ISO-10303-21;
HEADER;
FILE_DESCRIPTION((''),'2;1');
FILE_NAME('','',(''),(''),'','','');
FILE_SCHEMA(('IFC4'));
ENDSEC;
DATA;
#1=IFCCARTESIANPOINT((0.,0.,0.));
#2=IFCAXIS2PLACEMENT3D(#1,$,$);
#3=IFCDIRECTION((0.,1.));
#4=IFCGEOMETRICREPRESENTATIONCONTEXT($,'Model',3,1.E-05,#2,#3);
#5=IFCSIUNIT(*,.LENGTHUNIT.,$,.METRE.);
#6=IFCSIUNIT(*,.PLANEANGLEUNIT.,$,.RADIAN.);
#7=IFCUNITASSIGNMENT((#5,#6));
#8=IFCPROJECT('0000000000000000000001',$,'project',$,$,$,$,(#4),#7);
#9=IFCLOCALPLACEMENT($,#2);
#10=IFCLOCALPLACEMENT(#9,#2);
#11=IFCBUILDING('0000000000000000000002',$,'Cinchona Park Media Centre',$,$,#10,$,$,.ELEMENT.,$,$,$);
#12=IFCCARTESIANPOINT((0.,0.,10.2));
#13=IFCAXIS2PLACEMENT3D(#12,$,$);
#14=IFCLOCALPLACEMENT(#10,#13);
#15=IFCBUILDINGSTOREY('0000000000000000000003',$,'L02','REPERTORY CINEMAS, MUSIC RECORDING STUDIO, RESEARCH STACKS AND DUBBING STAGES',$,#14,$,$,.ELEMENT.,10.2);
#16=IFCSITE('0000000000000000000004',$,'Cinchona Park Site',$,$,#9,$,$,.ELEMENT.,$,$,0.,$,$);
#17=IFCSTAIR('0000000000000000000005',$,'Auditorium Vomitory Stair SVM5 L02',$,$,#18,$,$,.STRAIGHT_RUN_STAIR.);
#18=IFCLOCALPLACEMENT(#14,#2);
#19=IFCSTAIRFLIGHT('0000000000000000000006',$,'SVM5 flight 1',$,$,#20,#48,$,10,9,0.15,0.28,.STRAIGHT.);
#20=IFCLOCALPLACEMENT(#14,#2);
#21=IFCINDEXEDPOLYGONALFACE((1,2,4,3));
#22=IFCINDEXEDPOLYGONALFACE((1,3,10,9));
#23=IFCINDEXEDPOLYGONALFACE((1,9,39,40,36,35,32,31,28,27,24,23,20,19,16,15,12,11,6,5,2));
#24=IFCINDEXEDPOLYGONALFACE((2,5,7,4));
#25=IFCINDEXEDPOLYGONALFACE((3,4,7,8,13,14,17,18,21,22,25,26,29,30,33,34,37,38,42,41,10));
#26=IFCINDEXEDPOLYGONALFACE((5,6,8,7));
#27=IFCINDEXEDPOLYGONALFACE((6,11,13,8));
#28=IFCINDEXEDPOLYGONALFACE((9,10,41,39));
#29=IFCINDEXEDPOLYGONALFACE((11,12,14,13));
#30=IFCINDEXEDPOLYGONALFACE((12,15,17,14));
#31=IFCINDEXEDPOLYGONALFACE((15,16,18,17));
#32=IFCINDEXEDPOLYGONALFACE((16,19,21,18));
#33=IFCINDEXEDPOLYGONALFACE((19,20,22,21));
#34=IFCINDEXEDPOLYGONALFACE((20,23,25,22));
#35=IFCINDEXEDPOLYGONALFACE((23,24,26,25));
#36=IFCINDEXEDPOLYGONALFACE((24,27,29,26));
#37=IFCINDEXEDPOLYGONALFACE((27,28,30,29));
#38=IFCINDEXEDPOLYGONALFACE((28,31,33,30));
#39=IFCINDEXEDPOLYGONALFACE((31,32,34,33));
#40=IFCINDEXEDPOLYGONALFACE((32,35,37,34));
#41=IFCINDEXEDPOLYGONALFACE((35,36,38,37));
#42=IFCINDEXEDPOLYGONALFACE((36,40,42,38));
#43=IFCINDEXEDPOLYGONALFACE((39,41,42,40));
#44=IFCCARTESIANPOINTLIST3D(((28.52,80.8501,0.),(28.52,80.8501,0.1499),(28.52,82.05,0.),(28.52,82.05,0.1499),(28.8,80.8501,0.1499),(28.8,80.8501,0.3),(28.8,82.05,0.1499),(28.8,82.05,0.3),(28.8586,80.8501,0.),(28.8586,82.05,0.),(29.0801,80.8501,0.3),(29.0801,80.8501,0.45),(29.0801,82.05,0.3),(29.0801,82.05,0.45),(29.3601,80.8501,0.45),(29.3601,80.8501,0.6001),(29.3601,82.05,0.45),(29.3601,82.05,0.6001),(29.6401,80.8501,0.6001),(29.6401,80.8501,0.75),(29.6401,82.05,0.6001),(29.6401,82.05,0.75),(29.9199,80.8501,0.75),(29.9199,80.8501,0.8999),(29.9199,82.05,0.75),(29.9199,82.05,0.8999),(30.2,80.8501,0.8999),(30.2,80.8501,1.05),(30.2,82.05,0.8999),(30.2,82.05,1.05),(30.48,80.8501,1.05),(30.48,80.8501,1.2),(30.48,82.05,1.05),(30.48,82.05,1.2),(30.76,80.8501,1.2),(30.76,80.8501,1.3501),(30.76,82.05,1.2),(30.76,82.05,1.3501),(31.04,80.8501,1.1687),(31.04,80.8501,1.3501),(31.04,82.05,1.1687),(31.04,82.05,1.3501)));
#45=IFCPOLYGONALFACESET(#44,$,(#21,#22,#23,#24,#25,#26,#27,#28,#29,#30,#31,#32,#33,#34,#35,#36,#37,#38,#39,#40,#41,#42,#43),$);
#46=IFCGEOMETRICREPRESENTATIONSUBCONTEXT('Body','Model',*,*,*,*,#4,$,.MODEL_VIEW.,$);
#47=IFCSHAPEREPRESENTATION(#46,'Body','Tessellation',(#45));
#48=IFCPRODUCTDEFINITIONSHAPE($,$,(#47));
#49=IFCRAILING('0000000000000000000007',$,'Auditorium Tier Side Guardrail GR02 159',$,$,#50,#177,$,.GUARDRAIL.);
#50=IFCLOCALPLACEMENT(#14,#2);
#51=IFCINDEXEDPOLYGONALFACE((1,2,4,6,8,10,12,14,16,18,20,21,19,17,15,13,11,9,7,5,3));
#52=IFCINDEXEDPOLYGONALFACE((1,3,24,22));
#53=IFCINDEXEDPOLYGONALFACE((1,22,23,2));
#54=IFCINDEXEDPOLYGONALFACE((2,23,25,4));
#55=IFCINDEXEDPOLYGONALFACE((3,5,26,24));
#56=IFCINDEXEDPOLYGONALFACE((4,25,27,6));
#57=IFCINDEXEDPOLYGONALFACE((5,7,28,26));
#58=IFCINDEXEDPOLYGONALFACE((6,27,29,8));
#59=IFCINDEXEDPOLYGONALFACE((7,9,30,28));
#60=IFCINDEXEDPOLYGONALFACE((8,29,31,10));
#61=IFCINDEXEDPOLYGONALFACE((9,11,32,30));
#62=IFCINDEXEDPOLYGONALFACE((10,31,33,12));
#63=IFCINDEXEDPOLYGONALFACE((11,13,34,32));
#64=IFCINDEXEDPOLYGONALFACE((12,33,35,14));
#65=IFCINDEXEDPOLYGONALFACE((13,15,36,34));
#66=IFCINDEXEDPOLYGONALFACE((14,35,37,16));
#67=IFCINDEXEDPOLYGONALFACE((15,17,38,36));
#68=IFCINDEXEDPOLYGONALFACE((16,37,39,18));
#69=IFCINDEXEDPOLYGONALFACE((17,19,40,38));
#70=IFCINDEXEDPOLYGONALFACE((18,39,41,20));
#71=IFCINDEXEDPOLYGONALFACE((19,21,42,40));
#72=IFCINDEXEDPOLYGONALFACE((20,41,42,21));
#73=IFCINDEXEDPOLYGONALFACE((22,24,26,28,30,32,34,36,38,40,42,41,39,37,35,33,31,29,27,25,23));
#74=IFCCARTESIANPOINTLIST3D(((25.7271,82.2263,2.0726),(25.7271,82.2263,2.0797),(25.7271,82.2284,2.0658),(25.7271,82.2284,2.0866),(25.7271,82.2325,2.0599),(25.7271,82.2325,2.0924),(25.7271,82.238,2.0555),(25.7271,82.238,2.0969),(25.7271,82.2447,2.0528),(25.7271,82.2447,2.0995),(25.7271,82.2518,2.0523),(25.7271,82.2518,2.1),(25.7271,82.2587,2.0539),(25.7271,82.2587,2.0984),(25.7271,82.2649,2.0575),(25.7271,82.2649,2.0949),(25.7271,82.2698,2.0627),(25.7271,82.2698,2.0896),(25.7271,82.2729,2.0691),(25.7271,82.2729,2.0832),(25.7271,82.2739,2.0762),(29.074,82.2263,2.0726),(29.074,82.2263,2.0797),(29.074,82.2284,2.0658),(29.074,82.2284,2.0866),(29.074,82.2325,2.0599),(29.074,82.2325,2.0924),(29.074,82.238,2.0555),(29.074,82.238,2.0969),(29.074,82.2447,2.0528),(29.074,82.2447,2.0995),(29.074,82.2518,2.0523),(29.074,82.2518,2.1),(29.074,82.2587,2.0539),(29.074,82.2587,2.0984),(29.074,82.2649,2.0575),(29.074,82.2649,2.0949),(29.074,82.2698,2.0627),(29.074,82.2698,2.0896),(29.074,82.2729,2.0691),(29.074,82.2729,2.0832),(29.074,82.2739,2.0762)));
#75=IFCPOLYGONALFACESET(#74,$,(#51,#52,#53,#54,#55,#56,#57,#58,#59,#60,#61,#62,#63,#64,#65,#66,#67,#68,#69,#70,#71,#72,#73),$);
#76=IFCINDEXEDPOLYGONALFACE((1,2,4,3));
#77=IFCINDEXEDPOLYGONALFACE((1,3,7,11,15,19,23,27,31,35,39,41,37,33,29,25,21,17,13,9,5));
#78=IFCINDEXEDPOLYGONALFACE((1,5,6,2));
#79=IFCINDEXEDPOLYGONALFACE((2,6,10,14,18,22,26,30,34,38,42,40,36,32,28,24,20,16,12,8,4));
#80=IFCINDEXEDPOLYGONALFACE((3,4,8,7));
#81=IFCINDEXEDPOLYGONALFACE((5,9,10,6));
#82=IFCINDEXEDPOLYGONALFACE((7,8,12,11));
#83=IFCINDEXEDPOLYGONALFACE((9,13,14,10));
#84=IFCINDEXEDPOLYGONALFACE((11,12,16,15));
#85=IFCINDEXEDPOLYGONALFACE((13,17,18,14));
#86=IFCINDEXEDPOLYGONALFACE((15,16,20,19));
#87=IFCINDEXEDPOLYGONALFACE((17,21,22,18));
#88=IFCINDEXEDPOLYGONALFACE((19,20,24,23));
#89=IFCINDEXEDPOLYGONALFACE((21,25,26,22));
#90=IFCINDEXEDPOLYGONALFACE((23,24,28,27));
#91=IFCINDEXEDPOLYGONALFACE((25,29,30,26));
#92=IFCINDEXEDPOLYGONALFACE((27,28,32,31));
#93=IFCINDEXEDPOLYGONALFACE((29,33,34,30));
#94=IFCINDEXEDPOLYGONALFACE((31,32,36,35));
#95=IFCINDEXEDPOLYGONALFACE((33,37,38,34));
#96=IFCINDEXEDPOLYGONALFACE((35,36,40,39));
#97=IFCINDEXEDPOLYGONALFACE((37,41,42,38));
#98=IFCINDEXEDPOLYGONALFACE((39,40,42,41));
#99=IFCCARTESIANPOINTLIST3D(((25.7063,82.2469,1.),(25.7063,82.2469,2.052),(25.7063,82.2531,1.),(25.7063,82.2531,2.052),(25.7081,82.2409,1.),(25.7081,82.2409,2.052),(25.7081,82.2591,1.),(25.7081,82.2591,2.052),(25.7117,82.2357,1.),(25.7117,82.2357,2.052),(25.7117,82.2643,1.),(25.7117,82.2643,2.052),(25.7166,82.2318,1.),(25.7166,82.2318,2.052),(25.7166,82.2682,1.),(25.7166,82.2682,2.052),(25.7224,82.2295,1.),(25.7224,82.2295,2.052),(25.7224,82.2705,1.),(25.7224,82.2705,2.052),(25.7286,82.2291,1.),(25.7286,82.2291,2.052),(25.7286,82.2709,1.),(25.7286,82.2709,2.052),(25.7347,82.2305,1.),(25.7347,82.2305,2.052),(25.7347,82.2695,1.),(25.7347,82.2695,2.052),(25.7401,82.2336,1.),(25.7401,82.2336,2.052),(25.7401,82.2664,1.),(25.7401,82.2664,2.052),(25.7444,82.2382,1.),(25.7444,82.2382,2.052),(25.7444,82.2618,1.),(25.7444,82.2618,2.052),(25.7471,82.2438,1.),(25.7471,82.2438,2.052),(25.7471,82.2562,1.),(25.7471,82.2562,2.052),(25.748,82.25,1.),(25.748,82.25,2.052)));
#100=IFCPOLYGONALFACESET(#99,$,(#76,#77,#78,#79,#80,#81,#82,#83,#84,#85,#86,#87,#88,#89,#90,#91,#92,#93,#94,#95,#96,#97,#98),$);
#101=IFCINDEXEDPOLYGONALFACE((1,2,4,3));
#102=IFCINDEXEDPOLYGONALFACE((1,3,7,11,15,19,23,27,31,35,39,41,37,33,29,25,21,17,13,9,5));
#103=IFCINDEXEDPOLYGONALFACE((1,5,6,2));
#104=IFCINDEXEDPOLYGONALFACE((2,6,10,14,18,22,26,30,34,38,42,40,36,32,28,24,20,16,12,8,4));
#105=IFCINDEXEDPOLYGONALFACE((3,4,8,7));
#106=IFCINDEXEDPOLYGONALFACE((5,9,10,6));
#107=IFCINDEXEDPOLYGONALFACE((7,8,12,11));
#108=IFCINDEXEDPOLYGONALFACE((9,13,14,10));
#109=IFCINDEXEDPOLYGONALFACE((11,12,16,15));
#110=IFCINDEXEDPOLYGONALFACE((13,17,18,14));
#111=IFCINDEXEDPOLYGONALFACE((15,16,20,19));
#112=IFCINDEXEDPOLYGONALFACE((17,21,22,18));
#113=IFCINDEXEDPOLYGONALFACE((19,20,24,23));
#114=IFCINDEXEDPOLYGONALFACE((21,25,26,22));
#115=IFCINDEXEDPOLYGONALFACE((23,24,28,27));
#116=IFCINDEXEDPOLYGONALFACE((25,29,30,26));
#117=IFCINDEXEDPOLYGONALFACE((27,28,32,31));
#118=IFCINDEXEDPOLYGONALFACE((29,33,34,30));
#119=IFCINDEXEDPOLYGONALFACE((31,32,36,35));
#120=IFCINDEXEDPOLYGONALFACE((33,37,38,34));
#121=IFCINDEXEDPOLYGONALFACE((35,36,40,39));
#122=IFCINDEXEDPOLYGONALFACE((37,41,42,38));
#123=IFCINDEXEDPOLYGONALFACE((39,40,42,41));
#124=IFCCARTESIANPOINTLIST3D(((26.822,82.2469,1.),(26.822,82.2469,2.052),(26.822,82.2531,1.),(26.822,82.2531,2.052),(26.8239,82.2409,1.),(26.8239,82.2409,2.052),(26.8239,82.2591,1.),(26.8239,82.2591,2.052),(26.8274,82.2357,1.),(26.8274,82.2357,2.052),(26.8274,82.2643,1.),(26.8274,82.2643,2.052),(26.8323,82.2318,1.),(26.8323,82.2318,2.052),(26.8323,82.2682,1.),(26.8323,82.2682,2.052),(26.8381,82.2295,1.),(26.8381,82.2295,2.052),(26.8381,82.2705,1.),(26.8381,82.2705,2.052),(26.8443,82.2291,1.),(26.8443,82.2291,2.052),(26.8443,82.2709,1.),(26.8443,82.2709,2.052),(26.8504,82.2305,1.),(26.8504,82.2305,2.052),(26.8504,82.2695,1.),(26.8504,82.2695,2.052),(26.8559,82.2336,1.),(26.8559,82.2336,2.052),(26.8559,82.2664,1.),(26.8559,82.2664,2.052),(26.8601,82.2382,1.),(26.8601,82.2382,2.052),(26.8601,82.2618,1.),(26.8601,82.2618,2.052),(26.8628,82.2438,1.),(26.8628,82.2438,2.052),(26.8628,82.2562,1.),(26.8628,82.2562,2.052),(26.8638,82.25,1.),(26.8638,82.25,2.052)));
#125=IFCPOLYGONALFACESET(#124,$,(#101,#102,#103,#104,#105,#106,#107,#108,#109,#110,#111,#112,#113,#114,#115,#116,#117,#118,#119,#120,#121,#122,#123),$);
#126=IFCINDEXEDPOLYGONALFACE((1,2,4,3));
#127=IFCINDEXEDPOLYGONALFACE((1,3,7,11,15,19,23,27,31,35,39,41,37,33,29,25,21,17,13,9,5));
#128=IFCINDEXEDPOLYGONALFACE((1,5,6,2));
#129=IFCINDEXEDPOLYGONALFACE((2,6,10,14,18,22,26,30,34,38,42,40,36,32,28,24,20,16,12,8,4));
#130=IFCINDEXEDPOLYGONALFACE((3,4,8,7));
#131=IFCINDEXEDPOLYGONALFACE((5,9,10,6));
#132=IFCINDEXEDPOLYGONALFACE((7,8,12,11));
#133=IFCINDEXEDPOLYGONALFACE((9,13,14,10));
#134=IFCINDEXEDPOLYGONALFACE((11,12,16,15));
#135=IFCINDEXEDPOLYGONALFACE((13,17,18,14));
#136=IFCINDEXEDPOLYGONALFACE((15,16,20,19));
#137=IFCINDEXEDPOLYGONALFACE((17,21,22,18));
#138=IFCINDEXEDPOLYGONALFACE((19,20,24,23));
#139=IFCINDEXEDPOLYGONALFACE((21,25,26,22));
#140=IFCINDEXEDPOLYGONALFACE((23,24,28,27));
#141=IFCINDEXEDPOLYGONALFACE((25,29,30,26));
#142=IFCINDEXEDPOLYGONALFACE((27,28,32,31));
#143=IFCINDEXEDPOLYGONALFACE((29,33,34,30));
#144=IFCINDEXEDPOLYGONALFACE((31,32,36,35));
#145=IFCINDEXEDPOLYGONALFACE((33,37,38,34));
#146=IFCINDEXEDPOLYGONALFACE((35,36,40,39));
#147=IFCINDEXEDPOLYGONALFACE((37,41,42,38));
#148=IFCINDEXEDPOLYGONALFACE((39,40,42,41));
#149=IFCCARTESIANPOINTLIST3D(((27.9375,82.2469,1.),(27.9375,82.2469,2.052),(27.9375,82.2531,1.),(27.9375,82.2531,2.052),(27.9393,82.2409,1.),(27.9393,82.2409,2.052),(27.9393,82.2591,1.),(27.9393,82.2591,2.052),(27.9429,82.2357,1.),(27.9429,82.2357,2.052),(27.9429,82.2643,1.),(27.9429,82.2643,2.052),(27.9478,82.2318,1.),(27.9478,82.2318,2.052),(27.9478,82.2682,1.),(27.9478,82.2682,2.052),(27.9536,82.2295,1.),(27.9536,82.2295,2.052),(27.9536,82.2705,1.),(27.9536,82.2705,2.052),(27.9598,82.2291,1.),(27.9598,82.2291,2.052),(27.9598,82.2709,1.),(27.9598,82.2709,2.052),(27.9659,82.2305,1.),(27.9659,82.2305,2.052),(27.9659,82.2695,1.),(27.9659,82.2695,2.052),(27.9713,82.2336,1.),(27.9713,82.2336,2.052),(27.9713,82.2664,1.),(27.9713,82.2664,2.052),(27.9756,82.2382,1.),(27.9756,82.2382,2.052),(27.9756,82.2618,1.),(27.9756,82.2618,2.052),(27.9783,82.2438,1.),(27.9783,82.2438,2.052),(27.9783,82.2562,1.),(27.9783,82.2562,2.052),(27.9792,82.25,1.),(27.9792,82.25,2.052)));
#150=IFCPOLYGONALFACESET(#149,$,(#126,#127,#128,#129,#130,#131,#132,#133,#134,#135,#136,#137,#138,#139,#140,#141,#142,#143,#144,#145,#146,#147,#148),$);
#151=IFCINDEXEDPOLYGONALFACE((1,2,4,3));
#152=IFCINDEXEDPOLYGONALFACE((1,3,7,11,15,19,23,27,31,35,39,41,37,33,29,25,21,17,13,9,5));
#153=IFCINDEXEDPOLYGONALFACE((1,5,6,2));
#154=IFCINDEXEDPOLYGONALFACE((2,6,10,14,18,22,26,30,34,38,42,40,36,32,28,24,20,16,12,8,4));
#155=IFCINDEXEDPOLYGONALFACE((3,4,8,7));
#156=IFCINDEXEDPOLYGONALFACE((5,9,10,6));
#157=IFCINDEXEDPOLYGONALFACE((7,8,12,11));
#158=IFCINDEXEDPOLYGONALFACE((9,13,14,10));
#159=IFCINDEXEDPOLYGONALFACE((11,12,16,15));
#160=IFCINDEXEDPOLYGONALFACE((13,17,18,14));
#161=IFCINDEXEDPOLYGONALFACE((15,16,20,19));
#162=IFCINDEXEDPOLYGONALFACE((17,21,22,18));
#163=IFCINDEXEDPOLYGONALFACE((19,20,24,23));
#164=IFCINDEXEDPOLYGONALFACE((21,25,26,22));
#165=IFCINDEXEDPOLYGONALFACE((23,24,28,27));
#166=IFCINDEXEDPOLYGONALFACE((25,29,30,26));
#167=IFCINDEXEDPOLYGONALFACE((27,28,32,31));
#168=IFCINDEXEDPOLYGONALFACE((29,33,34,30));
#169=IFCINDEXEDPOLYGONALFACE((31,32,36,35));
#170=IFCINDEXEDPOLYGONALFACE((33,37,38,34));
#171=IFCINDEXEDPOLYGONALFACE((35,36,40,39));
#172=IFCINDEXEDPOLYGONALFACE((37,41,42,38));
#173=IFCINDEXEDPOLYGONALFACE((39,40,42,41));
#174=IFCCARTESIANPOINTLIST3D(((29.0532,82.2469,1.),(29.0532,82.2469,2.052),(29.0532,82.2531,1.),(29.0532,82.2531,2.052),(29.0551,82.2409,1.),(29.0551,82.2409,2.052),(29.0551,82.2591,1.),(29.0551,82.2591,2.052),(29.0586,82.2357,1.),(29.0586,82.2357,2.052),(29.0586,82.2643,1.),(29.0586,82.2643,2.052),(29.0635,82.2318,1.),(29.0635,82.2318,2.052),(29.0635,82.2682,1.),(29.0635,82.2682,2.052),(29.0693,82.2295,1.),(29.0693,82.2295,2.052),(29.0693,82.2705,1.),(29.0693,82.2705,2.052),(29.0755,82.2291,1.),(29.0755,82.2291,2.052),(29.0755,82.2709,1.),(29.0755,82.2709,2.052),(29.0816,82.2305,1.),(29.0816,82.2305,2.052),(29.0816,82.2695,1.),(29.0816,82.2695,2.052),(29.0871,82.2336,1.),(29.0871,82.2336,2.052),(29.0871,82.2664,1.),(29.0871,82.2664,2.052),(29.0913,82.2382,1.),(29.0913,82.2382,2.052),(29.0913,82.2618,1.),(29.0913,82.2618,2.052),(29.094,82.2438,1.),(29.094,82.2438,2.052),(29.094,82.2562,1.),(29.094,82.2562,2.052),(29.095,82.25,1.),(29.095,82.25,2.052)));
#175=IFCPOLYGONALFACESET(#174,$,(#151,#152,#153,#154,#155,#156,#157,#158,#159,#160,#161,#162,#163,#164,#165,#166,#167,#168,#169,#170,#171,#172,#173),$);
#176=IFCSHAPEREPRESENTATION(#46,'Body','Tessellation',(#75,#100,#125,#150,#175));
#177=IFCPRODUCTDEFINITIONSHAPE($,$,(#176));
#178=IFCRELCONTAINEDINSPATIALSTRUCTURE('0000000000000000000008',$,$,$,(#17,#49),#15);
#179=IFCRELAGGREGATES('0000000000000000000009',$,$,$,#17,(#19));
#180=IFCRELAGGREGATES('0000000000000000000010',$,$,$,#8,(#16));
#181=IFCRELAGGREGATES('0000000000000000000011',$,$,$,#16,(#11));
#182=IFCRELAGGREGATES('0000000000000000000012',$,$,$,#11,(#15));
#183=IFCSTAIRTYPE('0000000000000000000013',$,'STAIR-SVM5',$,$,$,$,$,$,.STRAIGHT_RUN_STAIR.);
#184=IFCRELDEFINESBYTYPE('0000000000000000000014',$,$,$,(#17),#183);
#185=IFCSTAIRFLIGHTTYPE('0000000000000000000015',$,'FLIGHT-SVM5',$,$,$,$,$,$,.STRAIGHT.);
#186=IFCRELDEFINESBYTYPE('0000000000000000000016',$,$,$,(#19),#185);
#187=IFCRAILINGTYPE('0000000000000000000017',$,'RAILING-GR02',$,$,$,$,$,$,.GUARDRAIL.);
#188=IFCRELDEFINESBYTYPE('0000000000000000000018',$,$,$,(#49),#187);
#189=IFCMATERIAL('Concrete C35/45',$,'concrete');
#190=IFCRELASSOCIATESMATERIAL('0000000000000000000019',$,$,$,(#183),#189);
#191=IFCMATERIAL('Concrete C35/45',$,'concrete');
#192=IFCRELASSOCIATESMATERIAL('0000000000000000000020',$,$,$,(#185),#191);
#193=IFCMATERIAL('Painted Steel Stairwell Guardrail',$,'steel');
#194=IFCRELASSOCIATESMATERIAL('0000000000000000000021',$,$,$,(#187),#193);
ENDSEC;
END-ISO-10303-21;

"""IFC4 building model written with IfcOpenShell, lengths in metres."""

from ifc_helpers import new_model, si_unit, direction, frame, origin, origin_2d, place, context, subcontext, project, spatial, polyline, circle, outline, extrude, material, type_object, element, aggregate, save


model = new_model("IFC4")

# Units and contexts
model_context = context("Model", 3, precision=1e-05, world=origin(), true_north=direction((0.0, 1.0)))
body_context = subcontext(model_context, "Body", "Model", "MODEL_VIEW")
ifc_project = project(units=[si_unit("LENGTHUNIT", "METRE"), si_unit("PLANEANGLEUNIT", "RADIAN")], contexts=[model_context])

# Site, building, storey
site_placement = place(None, origin())
site = spatial("IfcSite", under=ifc_project, at=site_placement, Name="Cinchona Park Site", CompositionType="ELEMENT", RefElevation=0.0)
building_placement = place(site_placement, origin())
building = spatial("IfcBuilding", under=site, at=building_placement, Name="Cinchona Park Media Centre", CompositionType="ELEMENT")
storey_placement = place(building_placement, frame((0.0, 0.0, 10.2)))
storey = spatial("IfcBuildingStorey", under=building, at=storey_placement, Name="L02", Description="REPERTORY CINEMAS, MUSIC RECORDING STUDIO, RESEARCH STACKS AND DUBBING STAGES", CompositionType="ELEMENT", Elevation=10.2)

# Stair, stair flight
ifc_material_1 = material(Name="Concrete C35/45", Category="concrete")
stair_type = type_object("IfcStairType", Name="STAIR-SVM5", PredefinedType="STRAIGHT_RUN_STAIR", material=ifc_material_1)
stair_placement = place(storey_placement, origin())
stair = element("IfcStair", 1, at=stair_placement, inside=storey, type_object=stair_type, Name="Auditorium Vomitory Stair SVM5 L02", PredefinedType="STRAIGHT_RUN_STAIR")
ifc_material_2 = material(Name="Concrete C35/45", Category="concrete")
stair_flight_type = type_object("IfcStairFlightType", Name="FLIGHT-SVM5", PredefinedType="STRAIGHT", material=ifc_material_2)
stair_flight_placement = place(storey_placement, frame((28.52, 81.45, 0.0), z_axis=(0.0, 0.0, 1.0), x_axis=(1.0, 0.0, 0.0)))
stair_flight = element("IfcStairFlight", 2, at=stair_flight_placement, type_object=stair_flight_type, Name="SVM5 flight 1", NumberOfRisers=10, NumberOfTreads=9, PredefinedType="STRAIGHT", RiserHeight=0.15, TreadLength=0.28, context=body_context, shape_type="SweptSolid", body=[
    extrude(outline(polyline([(0.0, 0.0), (0.0, 0.1499), (0.28, 0.1499), (0.28, 0.3), (0.5601, 0.3), (0.5601, 0.45), (0.8401, 0.45), (0.8401, 0.6001), (1.1201, 0.6001), (1.1201, 0.75), (1.3999, 0.75), (1.3999, 0.8999), (1.6799, 0.8999), (1.6799, 1.05), (1.96, 1.05), (1.96, 1.2), (2.24, 1.2), (2.24, 1.3501), (2.52, 1.3501), (2.52, 1.5), (2.52, 1.1687), (0.3386, 0.0), (0.0, 0.0)])), frame((0.0, 0.6001, 0.0), z_axis=(0.0, -1.0, 0.0), x_axis=(1.0, 0.0, 0.0)), (0.0, 0.0, 1.0), 1.2),
])
aggregate(stair, [stair_flight])

# Railing
ifc_material_3 = material(Name="Painted Steel Stairwell Guardrail", Category="steel")
railing_type_1 = type_object("IfcRailingType", Name="RAILING-GR02", PredefinedType="GUARDRAIL", material=ifc_material_3)
railing_1_placement = place(storey_placement, frame((25.7271, 82.25, 1.0)))
element("IfcRailing", 3, at=railing_1_placement, inside=storey, type_object=railing_type_1, Name="Auditorium Tier Side Guardrail GR02 159", PredefinedType="GUARDRAIL", context=body_context, shape_type="SweptSolid", body=[
    extrude(circle(Radius=0.0239, at=origin_2d()), frame((0.0, 0.0, 1.0762), z_axis=(1.0, 0.0, 0.0), x_axis=(0.0, 1.0, 0.0)), (0.0, 0.0, 1.0), 3.3469),
    extrude(circle(Radius=0.021, at=origin_2d()), origin(), (0.0, 0.0, 1.0), 1.052),
    extrude(circle(Radius=0.021, at=origin_2d()), frame((1.1157, 0.0, 0.0)), (0.0, 0.0, 1.0), 1.052),
    extrude(circle(Radius=0.021, at=origin_2d()), frame((2.2312, 0.0, 0.0)), (0.0, 0.0, 1.0), 1.052),
    extrude(circle(Radius=0.021, at=origin_2d()), frame((3.3469, 0.0, 0.0)), (0.0, 0.0, 1.0), 1.052),
])

save(model, "model.ifc")
